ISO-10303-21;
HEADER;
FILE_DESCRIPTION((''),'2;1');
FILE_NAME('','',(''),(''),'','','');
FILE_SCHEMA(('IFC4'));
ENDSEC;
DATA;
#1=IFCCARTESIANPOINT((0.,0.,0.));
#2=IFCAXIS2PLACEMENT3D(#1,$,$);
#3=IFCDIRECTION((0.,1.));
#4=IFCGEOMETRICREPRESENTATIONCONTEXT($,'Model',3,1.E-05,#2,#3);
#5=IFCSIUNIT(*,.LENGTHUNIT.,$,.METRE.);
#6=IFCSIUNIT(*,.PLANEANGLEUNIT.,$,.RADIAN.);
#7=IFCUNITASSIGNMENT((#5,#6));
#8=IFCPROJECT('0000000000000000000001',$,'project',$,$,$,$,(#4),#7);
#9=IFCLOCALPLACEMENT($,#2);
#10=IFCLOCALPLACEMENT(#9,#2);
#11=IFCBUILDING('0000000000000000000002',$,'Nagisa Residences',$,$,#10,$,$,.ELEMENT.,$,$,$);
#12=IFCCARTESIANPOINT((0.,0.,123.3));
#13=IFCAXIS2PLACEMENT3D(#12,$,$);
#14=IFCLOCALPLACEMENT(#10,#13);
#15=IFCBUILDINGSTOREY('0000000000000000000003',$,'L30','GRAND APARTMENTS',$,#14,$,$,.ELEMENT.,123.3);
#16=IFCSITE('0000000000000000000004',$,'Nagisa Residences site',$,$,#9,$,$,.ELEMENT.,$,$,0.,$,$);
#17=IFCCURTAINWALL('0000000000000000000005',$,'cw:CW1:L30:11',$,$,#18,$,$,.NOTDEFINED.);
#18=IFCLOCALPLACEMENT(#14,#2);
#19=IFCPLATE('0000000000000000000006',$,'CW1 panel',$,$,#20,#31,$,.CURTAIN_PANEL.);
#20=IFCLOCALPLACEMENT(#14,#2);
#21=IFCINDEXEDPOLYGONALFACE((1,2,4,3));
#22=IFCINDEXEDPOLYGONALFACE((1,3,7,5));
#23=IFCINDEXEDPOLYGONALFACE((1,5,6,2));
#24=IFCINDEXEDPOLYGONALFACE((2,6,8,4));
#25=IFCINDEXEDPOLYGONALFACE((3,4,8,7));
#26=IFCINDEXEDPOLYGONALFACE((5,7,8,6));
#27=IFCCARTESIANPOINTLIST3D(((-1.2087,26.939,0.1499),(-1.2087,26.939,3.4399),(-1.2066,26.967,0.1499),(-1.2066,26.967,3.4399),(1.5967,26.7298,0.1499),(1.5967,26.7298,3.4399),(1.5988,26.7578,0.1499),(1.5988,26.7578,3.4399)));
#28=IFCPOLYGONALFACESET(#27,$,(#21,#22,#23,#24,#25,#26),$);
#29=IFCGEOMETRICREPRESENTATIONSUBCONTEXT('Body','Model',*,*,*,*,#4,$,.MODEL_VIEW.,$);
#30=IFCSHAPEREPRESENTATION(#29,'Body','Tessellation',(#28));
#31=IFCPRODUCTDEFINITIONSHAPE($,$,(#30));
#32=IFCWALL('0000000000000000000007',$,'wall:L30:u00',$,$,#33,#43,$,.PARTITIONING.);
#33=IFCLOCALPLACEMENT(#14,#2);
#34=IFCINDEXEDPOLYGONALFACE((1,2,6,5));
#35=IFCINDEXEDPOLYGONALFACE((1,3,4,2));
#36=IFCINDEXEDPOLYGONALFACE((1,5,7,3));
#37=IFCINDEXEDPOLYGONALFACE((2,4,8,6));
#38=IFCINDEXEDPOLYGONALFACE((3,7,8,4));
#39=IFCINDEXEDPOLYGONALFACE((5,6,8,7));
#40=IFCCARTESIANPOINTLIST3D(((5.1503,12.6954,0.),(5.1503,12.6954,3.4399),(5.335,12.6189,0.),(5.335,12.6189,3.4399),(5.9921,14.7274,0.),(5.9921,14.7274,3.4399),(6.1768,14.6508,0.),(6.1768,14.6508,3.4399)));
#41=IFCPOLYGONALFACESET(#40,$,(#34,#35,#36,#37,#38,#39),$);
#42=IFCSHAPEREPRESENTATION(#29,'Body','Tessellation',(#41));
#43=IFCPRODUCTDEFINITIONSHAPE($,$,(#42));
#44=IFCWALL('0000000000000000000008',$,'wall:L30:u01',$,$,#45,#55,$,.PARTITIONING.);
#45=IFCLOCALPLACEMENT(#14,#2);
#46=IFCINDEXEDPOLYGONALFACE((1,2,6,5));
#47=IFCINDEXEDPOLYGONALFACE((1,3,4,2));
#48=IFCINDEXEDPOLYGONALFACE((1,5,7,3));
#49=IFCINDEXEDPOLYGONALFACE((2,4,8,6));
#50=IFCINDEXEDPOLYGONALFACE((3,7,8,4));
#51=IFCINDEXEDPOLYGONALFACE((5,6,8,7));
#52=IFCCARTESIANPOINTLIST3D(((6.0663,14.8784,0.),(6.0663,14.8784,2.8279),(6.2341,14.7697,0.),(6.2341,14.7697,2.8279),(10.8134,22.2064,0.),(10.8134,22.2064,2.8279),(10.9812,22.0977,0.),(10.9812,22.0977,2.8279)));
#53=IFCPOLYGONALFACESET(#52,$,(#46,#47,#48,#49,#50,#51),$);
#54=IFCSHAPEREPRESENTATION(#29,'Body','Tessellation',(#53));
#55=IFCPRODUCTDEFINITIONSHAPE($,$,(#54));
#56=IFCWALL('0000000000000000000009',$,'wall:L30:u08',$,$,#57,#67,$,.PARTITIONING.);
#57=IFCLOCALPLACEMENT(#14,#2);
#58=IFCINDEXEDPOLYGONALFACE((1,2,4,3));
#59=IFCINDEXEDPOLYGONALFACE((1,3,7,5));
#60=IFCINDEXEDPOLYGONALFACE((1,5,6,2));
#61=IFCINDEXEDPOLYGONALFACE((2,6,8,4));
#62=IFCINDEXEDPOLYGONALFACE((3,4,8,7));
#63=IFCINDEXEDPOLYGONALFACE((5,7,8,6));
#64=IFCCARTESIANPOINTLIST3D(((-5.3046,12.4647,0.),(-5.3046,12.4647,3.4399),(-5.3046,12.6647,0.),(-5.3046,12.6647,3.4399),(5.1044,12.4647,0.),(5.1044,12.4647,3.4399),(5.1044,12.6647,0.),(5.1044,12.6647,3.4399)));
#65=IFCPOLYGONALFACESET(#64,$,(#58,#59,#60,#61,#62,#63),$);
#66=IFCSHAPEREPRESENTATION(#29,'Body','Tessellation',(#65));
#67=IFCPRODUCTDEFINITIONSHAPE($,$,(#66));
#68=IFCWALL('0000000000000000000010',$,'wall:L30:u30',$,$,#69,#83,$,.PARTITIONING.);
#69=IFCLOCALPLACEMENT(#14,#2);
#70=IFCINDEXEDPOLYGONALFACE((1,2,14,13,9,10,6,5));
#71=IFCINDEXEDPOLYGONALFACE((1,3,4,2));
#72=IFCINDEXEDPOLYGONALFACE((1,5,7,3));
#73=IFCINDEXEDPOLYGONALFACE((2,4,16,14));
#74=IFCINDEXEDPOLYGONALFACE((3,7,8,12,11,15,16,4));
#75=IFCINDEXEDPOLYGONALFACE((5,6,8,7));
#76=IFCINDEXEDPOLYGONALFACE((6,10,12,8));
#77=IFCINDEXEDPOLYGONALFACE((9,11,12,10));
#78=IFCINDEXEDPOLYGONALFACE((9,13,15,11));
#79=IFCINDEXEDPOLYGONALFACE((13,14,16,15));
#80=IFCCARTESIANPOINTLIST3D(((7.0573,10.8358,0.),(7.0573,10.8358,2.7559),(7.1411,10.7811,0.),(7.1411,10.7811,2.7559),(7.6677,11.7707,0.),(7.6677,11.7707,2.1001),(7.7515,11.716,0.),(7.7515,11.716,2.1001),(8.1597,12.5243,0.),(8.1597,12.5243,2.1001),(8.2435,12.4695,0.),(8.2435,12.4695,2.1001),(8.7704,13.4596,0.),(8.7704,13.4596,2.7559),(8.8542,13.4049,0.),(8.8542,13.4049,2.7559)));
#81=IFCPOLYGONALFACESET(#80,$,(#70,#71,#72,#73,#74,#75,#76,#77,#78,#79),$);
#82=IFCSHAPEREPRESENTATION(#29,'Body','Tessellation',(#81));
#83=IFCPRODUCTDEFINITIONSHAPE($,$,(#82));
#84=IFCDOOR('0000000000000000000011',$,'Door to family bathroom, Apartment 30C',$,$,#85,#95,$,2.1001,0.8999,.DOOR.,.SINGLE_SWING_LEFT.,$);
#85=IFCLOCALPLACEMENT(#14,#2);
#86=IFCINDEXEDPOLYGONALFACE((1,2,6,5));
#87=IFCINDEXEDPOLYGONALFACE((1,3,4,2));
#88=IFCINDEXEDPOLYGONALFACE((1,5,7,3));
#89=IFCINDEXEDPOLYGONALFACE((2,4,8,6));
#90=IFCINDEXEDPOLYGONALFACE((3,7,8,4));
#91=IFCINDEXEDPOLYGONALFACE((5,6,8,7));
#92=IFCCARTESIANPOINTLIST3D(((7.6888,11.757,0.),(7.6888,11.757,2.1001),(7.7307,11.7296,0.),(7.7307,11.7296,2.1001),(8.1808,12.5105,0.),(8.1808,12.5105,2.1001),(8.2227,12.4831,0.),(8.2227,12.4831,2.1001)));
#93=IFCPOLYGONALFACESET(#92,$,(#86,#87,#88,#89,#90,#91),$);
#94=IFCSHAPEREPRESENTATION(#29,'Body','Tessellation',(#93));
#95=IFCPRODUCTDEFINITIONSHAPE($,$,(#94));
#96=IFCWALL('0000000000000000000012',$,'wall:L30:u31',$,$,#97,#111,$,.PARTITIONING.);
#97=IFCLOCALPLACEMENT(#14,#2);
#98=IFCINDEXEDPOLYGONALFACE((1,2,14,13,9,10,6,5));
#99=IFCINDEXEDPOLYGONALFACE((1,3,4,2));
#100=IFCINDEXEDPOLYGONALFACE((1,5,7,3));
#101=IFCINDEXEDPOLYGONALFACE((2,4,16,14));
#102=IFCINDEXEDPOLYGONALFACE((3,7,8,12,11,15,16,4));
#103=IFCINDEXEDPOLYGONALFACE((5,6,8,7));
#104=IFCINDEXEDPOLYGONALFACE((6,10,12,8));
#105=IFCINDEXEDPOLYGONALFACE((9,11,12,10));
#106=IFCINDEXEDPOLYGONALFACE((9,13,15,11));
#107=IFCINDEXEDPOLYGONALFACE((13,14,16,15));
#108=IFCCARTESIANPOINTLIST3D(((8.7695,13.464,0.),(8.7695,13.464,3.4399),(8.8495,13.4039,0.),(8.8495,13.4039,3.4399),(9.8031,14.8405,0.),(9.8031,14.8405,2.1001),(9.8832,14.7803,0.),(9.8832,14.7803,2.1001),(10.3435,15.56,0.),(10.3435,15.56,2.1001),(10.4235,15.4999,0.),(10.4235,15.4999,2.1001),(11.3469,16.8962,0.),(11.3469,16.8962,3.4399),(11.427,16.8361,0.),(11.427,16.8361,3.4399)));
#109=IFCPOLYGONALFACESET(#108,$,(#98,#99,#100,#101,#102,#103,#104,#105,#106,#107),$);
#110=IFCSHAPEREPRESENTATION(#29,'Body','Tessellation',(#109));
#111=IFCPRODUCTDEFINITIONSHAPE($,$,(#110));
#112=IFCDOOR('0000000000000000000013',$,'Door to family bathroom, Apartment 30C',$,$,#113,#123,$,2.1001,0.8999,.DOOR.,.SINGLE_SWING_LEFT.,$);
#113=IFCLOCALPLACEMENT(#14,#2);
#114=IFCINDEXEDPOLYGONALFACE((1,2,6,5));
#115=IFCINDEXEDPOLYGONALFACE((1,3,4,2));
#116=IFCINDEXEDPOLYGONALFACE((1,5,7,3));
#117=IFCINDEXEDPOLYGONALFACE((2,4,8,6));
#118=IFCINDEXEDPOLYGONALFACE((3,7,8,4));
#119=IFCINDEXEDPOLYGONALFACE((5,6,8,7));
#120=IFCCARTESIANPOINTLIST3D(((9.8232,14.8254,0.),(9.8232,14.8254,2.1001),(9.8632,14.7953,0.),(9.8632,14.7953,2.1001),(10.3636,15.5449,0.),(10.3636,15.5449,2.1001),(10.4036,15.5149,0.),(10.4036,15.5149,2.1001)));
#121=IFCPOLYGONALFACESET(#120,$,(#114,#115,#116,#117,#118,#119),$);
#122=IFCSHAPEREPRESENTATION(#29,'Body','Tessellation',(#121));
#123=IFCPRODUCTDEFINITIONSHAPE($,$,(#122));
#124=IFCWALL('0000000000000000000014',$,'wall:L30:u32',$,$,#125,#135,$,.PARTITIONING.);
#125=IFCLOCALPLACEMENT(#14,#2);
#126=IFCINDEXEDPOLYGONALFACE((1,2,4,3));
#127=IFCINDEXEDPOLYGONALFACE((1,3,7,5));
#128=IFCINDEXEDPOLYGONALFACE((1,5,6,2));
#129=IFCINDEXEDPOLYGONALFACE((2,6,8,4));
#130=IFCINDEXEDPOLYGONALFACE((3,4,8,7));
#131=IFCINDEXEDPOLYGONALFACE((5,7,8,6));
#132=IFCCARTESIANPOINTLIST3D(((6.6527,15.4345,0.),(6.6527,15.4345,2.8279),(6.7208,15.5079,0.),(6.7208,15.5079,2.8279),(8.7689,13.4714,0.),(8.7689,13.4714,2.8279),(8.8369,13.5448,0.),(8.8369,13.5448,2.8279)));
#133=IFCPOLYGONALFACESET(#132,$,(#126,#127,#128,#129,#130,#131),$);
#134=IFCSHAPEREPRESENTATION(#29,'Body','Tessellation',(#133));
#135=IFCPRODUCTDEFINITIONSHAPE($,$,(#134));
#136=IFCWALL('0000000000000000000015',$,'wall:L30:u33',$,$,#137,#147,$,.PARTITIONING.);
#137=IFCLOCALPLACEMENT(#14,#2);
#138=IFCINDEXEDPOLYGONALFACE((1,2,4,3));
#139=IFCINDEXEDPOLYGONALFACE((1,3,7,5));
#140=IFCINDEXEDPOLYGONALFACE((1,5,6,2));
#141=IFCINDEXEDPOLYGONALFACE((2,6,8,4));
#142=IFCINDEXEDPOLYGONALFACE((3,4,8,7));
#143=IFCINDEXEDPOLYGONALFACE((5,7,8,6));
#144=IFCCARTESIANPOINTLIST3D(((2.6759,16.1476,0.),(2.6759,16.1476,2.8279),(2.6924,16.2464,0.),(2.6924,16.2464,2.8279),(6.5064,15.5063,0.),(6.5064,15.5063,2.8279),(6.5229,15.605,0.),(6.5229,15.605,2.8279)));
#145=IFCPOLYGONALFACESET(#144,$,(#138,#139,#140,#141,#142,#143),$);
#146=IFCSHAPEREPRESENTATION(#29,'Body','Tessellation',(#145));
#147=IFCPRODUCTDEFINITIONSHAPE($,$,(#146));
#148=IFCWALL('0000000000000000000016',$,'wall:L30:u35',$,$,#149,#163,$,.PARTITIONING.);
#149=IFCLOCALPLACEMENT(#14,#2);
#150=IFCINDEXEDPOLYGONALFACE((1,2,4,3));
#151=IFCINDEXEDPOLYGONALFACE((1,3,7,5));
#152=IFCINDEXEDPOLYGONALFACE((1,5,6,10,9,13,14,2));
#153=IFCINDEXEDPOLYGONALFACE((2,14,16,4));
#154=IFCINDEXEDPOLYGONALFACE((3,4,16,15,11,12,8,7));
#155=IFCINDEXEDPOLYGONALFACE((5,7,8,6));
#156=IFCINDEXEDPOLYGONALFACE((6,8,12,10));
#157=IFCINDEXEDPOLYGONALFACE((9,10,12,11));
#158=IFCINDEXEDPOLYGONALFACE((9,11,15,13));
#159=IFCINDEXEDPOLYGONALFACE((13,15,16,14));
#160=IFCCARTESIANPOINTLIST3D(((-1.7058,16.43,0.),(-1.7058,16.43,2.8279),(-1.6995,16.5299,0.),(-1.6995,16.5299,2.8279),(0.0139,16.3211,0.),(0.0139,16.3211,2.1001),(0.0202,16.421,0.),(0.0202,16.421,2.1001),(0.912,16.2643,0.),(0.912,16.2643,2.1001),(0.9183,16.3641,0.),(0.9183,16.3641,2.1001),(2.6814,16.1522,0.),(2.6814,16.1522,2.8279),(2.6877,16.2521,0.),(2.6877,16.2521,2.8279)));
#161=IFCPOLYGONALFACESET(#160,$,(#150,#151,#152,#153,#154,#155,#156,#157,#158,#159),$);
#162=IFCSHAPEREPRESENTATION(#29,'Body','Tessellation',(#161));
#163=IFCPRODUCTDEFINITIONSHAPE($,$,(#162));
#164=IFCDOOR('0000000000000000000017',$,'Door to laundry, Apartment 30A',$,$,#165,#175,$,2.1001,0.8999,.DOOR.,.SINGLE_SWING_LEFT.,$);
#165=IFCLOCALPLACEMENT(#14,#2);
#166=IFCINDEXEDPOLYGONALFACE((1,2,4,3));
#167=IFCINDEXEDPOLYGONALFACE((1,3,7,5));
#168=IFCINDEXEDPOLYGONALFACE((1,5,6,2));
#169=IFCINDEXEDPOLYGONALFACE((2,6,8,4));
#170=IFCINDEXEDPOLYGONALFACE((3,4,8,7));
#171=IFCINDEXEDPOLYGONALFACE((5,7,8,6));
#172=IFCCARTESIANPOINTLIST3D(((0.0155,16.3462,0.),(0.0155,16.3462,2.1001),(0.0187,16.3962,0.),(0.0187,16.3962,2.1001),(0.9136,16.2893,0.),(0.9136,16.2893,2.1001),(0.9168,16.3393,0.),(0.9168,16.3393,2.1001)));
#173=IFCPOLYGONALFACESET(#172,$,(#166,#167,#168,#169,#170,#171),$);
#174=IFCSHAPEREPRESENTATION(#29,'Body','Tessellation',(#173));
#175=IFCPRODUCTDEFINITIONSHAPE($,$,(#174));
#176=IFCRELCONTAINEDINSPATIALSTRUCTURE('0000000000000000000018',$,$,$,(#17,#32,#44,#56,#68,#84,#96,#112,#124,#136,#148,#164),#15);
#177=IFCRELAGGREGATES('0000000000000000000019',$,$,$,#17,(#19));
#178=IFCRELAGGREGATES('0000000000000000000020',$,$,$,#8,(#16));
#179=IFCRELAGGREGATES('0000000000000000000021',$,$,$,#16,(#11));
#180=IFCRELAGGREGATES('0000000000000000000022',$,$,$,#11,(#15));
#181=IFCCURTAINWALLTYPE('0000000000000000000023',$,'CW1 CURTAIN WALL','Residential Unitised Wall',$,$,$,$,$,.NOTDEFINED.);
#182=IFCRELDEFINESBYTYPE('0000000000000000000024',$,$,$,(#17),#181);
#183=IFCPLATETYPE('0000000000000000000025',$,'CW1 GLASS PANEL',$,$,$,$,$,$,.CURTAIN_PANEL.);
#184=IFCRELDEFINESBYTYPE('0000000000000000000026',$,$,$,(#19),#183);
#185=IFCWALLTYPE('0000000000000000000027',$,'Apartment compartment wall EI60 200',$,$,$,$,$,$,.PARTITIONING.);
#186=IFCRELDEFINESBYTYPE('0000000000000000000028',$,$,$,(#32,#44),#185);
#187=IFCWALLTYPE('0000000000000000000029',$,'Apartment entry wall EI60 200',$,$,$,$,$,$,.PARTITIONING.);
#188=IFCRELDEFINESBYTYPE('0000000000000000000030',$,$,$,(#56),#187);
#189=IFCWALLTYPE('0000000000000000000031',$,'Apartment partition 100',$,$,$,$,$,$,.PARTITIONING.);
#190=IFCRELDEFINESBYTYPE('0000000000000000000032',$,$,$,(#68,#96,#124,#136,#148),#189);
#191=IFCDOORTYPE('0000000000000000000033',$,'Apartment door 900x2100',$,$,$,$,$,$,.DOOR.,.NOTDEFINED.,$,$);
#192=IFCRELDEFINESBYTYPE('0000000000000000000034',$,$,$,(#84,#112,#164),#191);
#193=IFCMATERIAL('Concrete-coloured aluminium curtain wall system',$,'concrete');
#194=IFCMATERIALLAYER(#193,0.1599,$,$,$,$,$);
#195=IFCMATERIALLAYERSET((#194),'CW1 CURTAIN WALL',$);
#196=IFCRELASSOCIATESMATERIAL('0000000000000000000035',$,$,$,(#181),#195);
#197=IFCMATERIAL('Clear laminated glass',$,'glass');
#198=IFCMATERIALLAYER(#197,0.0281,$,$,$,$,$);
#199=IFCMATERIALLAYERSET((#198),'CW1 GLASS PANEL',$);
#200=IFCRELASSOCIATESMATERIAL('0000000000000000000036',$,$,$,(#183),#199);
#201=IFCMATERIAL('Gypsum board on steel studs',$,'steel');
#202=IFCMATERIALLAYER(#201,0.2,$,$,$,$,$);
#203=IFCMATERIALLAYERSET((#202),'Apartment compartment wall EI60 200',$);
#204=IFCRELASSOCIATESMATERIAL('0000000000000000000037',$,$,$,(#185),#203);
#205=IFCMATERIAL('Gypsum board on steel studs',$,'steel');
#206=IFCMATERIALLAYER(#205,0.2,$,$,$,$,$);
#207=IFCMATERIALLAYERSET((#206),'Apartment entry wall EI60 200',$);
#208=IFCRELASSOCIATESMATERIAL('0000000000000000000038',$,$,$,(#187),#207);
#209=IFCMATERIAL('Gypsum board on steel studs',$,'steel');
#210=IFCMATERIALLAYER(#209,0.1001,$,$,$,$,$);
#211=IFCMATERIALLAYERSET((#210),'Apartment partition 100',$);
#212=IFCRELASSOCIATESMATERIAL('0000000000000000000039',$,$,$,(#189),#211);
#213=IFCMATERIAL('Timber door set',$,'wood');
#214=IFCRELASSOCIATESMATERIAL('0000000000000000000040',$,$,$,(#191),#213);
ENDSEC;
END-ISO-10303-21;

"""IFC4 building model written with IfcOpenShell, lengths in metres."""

from ifc_helpers import new_model, si_unit, direction, frame, frame_2d, origin, origin_2d, place, context, subcontext, project, spatial, rectangle, extrude, material, layer, layer_set, type_object, element, fill, aggregate, save


model = new_model("IFC4")

# Units and contexts
model_context = context("Model", 3, precision=1e-05, world=origin(), true_north=direction((0.0, 1.0)))
body_context = subcontext(model_context, "Body", "Model", "MODEL_VIEW")
ifc_project = project(units=[si_unit("LENGTHUNIT", "METRE"), si_unit("PLANEANGLEUNIT", "RADIAN")], contexts=[model_context])

# Site, building, storey
site_placement = place(None, origin())
site = spatial("IfcSite", under=ifc_project, at=site_placement, Name="Nagisa Residences site", CompositionType="ELEMENT", RefElevation=0.0)
building_placement = place(site_placement, origin())
building = spatial("IfcBuilding", under=site, at=building_placement, Name="Nagisa Residences", CompositionType="ELEMENT")
storey_placement = place(building_placement, frame((0.0, 0.0, 123.3)))
storey = spatial("IfcBuildingStorey", under=building, at=storey_placement, Name="L30", Description="GRAND APARTMENTS", CompositionType="ELEMENT", Elevation=123.3)

# Curtain wall
ifc_material_1 = material(Name="Concrete-coloured aluminium curtain wall system", Category="concrete")
ifc_layer_1 = layer(ifc_material_1, 0.1599)
ifc_layer_set_1 = layer_set([ifc_layer_1], Name="CW1 CURTAIN WALL")
curtain_wall_type = type_object("IfcCurtainWallType", Name="CW1 CURTAIN WALL", Description="Residential Unitised Wall", PredefinedType="NOTDEFINED", material=ifc_layer_set_1)
curtain_wall_1_placement = place(storey_placement, origin())
curtain_wall_1 = element("IfcCurtainWall", 1, at=curtain_wall_1_placement, inside=storey, type_object=curtain_wall_type, Name="cw:CW1:L30:11", PredefinedType="NOTDEFINED")

# Plate
ifc_material_2 = material(Name="Clear laminated glass", Category="glass")
ifc_layer_2 = layer(ifc_material_2, 0.0281)
ifc_layer_set_2 = layer_set([ifc_layer_2], Name="CW1 GLASS PANEL")
plate_type = type_object("IfcPlateType", Name="CW1 GLASS PANEL", PredefinedType="CURTAIN_PANEL", material=ifc_layer_set_2)
plate_1_placement = place(storey_placement, frame((0.1951, 26.8484, 0.1499), z_axis=(0.0, 0.0, 1.0), x_axis=(-0.99723, 0.074377, 0.0)))
plate_1 = element("IfcPlate", 2, at=plate_1_placement, type_object=plate_type, Name="CW1 panel", PredefinedType="CURTAIN_PANEL", context=body_context, shape_type="SweptSolid", body=[
    extrude(rectangle(XDim=2.8132, YDim=0.0281, at=origin_2d()), origin(), (0.0, 0.0, 1.0), 3.29),
])
aggregate(curtain_wall_1, [plate_1])

# Walls
ifc_material_3 = material(Name="Gypsum board on steel studs", Category="steel")
ifc_layer_3 = layer(ifc_material_3, 0.2)
ifc_layer_set_3 = layer_set([ifc_layer_3], Name="Apartment compartment wall EI60 200")
wall_type_1 = type_object("IfcWallType", Name="Apartment compartment wall EI60 200", PredefinedType="PARTITIONING", material=ifc_layer_set_3)
wall_1_placement = place(storey_placement, frame((5.2427, 12.6572, 0.0), z_axis=(0.0, 0.0, 1.0), x_axis=(0.382731, 0.92386, 0.0)))
element("IfcWall", 3, at=wall_1_placement, inside=storey, type_object=wall_type_1, Name="wall:L30:u00", PredefinedType="PARTITIONING", context=body_context, shape_type="SweptSolid", body=[
    extrude(rectangle(XDim=2.1995, YDim=0.2, at=frame_2d((1.0996, 0.0))), origin(), (0.0, 0.0, 1.0), 3.4399),
])
wall_2_placement = place(storey_placement, frame((6.1501, 14.824, 0.0), z_axis=(0.0, 0.0, 1.0), x_axis=(0.543695, 0.839283, 0.0)))
element("IfcWall", 4, at=wall_2_placement, inside=storey, type_object=wall_type_1, Name="wall:L30:u01", PredefinedType="PARTITIONING", context=body_context, shape_type="SweptSolid", body=[
    extrude(rectangle(XDim=8.7312, YDim=0.2, at=frame_2d((4.3657, 0.0))), origin(), (0.0, 0.0, 1.0), 2.8279),
])
ifc_material_4 = material(Name="Gypsum board on steel studs", Category="steel")
ifc_layer_4 = layer(ifc_material_4, 0.2)
ifc_layer_set_4 = layer_set([ifc_layer_4], Name="Apartment entry wall EI60 200")
wall_type_2 = type_object("IfcWallType", Name="Apartment entry wall EI60 200", PredefinedType="PARTITIONING", material=ifc_layer_set_4)
wall_3_placement = place(storey_placement, frame((5.1045, 12.5647, 0.0), z_axis=(0.0, 0.0, 1.0), x_axis=(-1.0, 0.0, 0.0)))
element("IfcWall", 5, at=wall_3_placement, inside=storey, type_object=wall_type_2, Name="wall:L30:u08", PredefinedType="PARTITIONING", context=body_context, shape_type="SweptSolid", body=[
    extrude(rectangle(XDim=10.4089, YDim=0.2, at=frame_2d((5.2046, 0.0))), origin(), (0.0, 0.0, 1.0), 3.4399),
])

# Walls, openings, doors
ifc_material_5 = material(Name="Gypsum board on steel studs", Category="steel")
ifc_layer_5 = layer(ifc_material_5, 0.1001)
ifc_layer_set_5 = layer_set([ifc_layer_5], Name="Apartment partition 100")
wall_type_3 = type_object("IfcWallType", Name="Apartment partition 100", PredefinedType="PARTITIONING", material=ifc_layer_set_5)
wall_4_placement = place(storey_placement, frame((7.0991, 10.8083, 0.0), z_axis=(0.0, 0.0, 1.0), x_axis=(0.54671, 0.837322, 0.0)))
wall_4 = element("IfcWall", 6, at=wall_4_placement, inside=storey, type_object=wall_type_3, Name="wall:L30:u30", PredefinedType="PARTITIONING", context=body_context, shape_type="SweptSolid", body=[
    extrude(rectangle(XDim=3.1335, YDim=0.1001, at=frame_2d((1.5669, 0.0))), origin(), (0.0, 0.0, 1.0), 2.7559),
])
opening_1_placement = place(wall_4_placement, frame((1.1167, 0.0, 0.0)))
opening_1 = element("IfcOpeningElement", 7, at=opening_1_placement, cuts=wall_4, PredefinedType="OPENING", context=body_context, shape_type="SweptSolid", body=[
    extrude(rectangle(XDim=0.8999, YDim=2.1001, at=frame_2d((0.45, 1.05))), frame((0.0, 0.0601, 0.0), z_axis=(0.0, -1.0, 0.0), x_axis=(1.0, 0.0, 0.0)), (0.0, 0.0, 1.0), 0.1201),
])
ifc_material_6 = material(Name="Timber door set", Category="wood")
door_type_1 = type_object("IfcDoorType", Name="Apartment door 900x2100", OperationType="NOTDEFINED", PredefinedType="DOOR", material=ifc_material_6)
door_1_placement = place(opening_1_placement, origin())
door_1 = element("IfcDoor", 8, at=door_1_placement, inside=storey, type_object=door_type_1, Name="Door to family bathroom, Apartment 30C", OperationType="SINGLE_SWING_LEFT", OverallHeight=2.1001, OverallWidth=0.8999, PredefinedType="DOOR", context=body_context, shape_type="SweptSolid", body=[
    extrude(rectangle(XDim=0.8999, YDim=2.1001, at=frame_2d((0.45, 1.05))), frame((0.0, 0.0249, 0.0), z_axis=(0.0, -1.0, 0.0), x_axis=(1.0, 0.0, 0.0)), (0.0, 0.0, 1.0), 0.05),
])
fill(opening_1, door_1)
wall_5_placement = place(storey_placement, frame((8.8096, 13.4341, 0.0), z_axis=(0.0, 0.0, 1.0), x_axis=(0.600491, 0.799631, 0.0)))
wall_5 = element("IfcWall", 9, at=wall_5_placement, inside=storey, type_object=wall_type_3, Name="wall:L30:u31", PredefinedType="PARTITIONING", context=body_context, shape_type="SweptSolid", body=[
    extrude(rectangle(XDim=4.2922, YDim=0.1001, at=frame_2d((2.146, 0.0))), origin(), (0.0, 0.0, 1.0), 3.4399),
])
opening_2_placement = place(wall_5_placement, frame((1.7212, 0.0, 0.0)))
opening_2 = element("IfcOpeningElement", 10, at=opening_2_placement, cuts=wall_5, PredefinedType="OPENING", context=body_context, shape_type="SweptSolid", body=[
    extrude(rectangle(XDim=0.8999, YDim=2.1001, at=frame_2d((0.45, 1.05))), frame((0.0, 0.0601, 0.0), z_axis=(0.0, -1.0, 0.0), x_axis=(1.0, 0.0, 0.0)), (0.0, 0.0, 1.0), 0.1201),
])
door_2_placement = place(opening_2_placement, origin())
door_2 = element("IfcDoor", 11, at=door_2_placement, inside=storey, type_object=door_type_1, Name="Door to family bathroom, Apartment 30C", OperationType="SINGLE_SWING_LEFT", OverallHeight=2.1001, OverallWidth=0.8999, PredefinedType="DOOR", context=body_context, shape_type="SweptSolid", body=[
    extrude(rectangle(XDim=0.8999, YDim=2.1001, at=frame_2d((0.45, 1.05))), frame((0.0, 0.0249, 0.0), z_axis=(0.0, -1.0, 0.0), x_axis=(1.0, 0.0, 0.0)), (0.0, 0.0, 1.0), 0.05),
])
fill(opening_2, door_2)

# Walls
wall_6_placement = place(storey_placement, frame((8.803, 13.5081, 0.0), z_axis=(0.0, 0.0, 1.0), x_axis=(-0.733125, 0.680094, 0.0)))
element("IfcWall", 12, at=wall_6_placement, inside=storey, type_object=wall_type_3, Name="wall:L30:u32", PredefinedType="PARTITIONING", context=body_context, shape_type="SweptSolid", body=[
    extrude(rectangle(XDim=2.8865, YDim=0.1001, at=frame_2d((1.4434, 0.0))), origin(), (0.0, 0.0, 1.0), 2.8279),
])
wall_7_placement = place(storey_placement, frame((6.5146, 15.5557, 0.0), z_axis=(0.0, 0.0, 1.0), x_axis=(-0.986271, 0.165133, 0.0)))
element("IfcWall", 13, at=wall_7_placement, inside=storey, type_object=wall_type_3, Name="wall:L30:u33", PredefinedType="PARTITIONING", context=body_context, shape_type="SweptSolid", body=[
    extrude(rectangle(XDim=3.8838, YDim=0.1001, at=frame_2d((1.9419, 0.0))), origin(), (0.0, 0.0, 1.0), 2.8279),
])

# Wall, opening, door
wall_8_placement = place(storey_placement, frame((2.6846, 16.2021, 0.0), z_axis=(0.0, 0.0, 1.0), x_axis=(-0.998001, 0.063201, 0.0)))
wall_8 = element("IfcWall", 14, at=wall_8_placement, inside=storey, type_object=wall_type_3, Name="wall:L30:u35", PredefinedType="PARTITIONING", context=body_context, shape_type="SweptSolid", body=[
    extrude(rectangle(XDim=4.396, YDim=0.1001, at=frame_2d((2.198, 0.0))), origin(), (0.0, 0.0, 1.0), 2.8279),
])
opening_3_placement = place(wall_8_placement, frame((1.7729, 0.0, 0.0)))
opening_3 = element("IfcOpeningElement", 15, at=opening_3_placement, cuts=wall_8, PredefinedType="OPENING", context=body_context, shape_type="SweptSolid", body=[
    extrude(rectangle(XDim=0.8999, YDim=2.1001, at=frame_2d((0.45, 1.05))), frame((0.0, 0.0601, 0.0), z_axis=(0.0, -1.0, 0.0), x_axis=(1.0, 0.0, 0.0)), (0.0, 0.0, 1.0), 0.1201),
])
door_3_placement = place(opening_3_placement, origin())
door_3 = element("IfcDoor", 16, at=door_3_placement, inside=storey, type_object=door_type_1, Name="Door to laundry, Apartment 30A", OperationType="SINGLE_SWING_LEFT", OverallHeight=2.1001, OverallWidth=0.8999, PredefinedType="DOOR", context=body_context, shape_type="SweptSolid", body=[
    extrude(rectangle(XDim=0.8999, YDim=2.1001, at=frame_2d((0.45, 1.05))), frame((0.0, 0.0249, 0.0), z_axis=(0.0, -1.0, 0.0), x_axis=(1.0, 0.0, 0.0)), (0.0, 0.0, 1.0), 0.05),
])
fill(opening_3, door_3)

save(model, "model.ifc")
